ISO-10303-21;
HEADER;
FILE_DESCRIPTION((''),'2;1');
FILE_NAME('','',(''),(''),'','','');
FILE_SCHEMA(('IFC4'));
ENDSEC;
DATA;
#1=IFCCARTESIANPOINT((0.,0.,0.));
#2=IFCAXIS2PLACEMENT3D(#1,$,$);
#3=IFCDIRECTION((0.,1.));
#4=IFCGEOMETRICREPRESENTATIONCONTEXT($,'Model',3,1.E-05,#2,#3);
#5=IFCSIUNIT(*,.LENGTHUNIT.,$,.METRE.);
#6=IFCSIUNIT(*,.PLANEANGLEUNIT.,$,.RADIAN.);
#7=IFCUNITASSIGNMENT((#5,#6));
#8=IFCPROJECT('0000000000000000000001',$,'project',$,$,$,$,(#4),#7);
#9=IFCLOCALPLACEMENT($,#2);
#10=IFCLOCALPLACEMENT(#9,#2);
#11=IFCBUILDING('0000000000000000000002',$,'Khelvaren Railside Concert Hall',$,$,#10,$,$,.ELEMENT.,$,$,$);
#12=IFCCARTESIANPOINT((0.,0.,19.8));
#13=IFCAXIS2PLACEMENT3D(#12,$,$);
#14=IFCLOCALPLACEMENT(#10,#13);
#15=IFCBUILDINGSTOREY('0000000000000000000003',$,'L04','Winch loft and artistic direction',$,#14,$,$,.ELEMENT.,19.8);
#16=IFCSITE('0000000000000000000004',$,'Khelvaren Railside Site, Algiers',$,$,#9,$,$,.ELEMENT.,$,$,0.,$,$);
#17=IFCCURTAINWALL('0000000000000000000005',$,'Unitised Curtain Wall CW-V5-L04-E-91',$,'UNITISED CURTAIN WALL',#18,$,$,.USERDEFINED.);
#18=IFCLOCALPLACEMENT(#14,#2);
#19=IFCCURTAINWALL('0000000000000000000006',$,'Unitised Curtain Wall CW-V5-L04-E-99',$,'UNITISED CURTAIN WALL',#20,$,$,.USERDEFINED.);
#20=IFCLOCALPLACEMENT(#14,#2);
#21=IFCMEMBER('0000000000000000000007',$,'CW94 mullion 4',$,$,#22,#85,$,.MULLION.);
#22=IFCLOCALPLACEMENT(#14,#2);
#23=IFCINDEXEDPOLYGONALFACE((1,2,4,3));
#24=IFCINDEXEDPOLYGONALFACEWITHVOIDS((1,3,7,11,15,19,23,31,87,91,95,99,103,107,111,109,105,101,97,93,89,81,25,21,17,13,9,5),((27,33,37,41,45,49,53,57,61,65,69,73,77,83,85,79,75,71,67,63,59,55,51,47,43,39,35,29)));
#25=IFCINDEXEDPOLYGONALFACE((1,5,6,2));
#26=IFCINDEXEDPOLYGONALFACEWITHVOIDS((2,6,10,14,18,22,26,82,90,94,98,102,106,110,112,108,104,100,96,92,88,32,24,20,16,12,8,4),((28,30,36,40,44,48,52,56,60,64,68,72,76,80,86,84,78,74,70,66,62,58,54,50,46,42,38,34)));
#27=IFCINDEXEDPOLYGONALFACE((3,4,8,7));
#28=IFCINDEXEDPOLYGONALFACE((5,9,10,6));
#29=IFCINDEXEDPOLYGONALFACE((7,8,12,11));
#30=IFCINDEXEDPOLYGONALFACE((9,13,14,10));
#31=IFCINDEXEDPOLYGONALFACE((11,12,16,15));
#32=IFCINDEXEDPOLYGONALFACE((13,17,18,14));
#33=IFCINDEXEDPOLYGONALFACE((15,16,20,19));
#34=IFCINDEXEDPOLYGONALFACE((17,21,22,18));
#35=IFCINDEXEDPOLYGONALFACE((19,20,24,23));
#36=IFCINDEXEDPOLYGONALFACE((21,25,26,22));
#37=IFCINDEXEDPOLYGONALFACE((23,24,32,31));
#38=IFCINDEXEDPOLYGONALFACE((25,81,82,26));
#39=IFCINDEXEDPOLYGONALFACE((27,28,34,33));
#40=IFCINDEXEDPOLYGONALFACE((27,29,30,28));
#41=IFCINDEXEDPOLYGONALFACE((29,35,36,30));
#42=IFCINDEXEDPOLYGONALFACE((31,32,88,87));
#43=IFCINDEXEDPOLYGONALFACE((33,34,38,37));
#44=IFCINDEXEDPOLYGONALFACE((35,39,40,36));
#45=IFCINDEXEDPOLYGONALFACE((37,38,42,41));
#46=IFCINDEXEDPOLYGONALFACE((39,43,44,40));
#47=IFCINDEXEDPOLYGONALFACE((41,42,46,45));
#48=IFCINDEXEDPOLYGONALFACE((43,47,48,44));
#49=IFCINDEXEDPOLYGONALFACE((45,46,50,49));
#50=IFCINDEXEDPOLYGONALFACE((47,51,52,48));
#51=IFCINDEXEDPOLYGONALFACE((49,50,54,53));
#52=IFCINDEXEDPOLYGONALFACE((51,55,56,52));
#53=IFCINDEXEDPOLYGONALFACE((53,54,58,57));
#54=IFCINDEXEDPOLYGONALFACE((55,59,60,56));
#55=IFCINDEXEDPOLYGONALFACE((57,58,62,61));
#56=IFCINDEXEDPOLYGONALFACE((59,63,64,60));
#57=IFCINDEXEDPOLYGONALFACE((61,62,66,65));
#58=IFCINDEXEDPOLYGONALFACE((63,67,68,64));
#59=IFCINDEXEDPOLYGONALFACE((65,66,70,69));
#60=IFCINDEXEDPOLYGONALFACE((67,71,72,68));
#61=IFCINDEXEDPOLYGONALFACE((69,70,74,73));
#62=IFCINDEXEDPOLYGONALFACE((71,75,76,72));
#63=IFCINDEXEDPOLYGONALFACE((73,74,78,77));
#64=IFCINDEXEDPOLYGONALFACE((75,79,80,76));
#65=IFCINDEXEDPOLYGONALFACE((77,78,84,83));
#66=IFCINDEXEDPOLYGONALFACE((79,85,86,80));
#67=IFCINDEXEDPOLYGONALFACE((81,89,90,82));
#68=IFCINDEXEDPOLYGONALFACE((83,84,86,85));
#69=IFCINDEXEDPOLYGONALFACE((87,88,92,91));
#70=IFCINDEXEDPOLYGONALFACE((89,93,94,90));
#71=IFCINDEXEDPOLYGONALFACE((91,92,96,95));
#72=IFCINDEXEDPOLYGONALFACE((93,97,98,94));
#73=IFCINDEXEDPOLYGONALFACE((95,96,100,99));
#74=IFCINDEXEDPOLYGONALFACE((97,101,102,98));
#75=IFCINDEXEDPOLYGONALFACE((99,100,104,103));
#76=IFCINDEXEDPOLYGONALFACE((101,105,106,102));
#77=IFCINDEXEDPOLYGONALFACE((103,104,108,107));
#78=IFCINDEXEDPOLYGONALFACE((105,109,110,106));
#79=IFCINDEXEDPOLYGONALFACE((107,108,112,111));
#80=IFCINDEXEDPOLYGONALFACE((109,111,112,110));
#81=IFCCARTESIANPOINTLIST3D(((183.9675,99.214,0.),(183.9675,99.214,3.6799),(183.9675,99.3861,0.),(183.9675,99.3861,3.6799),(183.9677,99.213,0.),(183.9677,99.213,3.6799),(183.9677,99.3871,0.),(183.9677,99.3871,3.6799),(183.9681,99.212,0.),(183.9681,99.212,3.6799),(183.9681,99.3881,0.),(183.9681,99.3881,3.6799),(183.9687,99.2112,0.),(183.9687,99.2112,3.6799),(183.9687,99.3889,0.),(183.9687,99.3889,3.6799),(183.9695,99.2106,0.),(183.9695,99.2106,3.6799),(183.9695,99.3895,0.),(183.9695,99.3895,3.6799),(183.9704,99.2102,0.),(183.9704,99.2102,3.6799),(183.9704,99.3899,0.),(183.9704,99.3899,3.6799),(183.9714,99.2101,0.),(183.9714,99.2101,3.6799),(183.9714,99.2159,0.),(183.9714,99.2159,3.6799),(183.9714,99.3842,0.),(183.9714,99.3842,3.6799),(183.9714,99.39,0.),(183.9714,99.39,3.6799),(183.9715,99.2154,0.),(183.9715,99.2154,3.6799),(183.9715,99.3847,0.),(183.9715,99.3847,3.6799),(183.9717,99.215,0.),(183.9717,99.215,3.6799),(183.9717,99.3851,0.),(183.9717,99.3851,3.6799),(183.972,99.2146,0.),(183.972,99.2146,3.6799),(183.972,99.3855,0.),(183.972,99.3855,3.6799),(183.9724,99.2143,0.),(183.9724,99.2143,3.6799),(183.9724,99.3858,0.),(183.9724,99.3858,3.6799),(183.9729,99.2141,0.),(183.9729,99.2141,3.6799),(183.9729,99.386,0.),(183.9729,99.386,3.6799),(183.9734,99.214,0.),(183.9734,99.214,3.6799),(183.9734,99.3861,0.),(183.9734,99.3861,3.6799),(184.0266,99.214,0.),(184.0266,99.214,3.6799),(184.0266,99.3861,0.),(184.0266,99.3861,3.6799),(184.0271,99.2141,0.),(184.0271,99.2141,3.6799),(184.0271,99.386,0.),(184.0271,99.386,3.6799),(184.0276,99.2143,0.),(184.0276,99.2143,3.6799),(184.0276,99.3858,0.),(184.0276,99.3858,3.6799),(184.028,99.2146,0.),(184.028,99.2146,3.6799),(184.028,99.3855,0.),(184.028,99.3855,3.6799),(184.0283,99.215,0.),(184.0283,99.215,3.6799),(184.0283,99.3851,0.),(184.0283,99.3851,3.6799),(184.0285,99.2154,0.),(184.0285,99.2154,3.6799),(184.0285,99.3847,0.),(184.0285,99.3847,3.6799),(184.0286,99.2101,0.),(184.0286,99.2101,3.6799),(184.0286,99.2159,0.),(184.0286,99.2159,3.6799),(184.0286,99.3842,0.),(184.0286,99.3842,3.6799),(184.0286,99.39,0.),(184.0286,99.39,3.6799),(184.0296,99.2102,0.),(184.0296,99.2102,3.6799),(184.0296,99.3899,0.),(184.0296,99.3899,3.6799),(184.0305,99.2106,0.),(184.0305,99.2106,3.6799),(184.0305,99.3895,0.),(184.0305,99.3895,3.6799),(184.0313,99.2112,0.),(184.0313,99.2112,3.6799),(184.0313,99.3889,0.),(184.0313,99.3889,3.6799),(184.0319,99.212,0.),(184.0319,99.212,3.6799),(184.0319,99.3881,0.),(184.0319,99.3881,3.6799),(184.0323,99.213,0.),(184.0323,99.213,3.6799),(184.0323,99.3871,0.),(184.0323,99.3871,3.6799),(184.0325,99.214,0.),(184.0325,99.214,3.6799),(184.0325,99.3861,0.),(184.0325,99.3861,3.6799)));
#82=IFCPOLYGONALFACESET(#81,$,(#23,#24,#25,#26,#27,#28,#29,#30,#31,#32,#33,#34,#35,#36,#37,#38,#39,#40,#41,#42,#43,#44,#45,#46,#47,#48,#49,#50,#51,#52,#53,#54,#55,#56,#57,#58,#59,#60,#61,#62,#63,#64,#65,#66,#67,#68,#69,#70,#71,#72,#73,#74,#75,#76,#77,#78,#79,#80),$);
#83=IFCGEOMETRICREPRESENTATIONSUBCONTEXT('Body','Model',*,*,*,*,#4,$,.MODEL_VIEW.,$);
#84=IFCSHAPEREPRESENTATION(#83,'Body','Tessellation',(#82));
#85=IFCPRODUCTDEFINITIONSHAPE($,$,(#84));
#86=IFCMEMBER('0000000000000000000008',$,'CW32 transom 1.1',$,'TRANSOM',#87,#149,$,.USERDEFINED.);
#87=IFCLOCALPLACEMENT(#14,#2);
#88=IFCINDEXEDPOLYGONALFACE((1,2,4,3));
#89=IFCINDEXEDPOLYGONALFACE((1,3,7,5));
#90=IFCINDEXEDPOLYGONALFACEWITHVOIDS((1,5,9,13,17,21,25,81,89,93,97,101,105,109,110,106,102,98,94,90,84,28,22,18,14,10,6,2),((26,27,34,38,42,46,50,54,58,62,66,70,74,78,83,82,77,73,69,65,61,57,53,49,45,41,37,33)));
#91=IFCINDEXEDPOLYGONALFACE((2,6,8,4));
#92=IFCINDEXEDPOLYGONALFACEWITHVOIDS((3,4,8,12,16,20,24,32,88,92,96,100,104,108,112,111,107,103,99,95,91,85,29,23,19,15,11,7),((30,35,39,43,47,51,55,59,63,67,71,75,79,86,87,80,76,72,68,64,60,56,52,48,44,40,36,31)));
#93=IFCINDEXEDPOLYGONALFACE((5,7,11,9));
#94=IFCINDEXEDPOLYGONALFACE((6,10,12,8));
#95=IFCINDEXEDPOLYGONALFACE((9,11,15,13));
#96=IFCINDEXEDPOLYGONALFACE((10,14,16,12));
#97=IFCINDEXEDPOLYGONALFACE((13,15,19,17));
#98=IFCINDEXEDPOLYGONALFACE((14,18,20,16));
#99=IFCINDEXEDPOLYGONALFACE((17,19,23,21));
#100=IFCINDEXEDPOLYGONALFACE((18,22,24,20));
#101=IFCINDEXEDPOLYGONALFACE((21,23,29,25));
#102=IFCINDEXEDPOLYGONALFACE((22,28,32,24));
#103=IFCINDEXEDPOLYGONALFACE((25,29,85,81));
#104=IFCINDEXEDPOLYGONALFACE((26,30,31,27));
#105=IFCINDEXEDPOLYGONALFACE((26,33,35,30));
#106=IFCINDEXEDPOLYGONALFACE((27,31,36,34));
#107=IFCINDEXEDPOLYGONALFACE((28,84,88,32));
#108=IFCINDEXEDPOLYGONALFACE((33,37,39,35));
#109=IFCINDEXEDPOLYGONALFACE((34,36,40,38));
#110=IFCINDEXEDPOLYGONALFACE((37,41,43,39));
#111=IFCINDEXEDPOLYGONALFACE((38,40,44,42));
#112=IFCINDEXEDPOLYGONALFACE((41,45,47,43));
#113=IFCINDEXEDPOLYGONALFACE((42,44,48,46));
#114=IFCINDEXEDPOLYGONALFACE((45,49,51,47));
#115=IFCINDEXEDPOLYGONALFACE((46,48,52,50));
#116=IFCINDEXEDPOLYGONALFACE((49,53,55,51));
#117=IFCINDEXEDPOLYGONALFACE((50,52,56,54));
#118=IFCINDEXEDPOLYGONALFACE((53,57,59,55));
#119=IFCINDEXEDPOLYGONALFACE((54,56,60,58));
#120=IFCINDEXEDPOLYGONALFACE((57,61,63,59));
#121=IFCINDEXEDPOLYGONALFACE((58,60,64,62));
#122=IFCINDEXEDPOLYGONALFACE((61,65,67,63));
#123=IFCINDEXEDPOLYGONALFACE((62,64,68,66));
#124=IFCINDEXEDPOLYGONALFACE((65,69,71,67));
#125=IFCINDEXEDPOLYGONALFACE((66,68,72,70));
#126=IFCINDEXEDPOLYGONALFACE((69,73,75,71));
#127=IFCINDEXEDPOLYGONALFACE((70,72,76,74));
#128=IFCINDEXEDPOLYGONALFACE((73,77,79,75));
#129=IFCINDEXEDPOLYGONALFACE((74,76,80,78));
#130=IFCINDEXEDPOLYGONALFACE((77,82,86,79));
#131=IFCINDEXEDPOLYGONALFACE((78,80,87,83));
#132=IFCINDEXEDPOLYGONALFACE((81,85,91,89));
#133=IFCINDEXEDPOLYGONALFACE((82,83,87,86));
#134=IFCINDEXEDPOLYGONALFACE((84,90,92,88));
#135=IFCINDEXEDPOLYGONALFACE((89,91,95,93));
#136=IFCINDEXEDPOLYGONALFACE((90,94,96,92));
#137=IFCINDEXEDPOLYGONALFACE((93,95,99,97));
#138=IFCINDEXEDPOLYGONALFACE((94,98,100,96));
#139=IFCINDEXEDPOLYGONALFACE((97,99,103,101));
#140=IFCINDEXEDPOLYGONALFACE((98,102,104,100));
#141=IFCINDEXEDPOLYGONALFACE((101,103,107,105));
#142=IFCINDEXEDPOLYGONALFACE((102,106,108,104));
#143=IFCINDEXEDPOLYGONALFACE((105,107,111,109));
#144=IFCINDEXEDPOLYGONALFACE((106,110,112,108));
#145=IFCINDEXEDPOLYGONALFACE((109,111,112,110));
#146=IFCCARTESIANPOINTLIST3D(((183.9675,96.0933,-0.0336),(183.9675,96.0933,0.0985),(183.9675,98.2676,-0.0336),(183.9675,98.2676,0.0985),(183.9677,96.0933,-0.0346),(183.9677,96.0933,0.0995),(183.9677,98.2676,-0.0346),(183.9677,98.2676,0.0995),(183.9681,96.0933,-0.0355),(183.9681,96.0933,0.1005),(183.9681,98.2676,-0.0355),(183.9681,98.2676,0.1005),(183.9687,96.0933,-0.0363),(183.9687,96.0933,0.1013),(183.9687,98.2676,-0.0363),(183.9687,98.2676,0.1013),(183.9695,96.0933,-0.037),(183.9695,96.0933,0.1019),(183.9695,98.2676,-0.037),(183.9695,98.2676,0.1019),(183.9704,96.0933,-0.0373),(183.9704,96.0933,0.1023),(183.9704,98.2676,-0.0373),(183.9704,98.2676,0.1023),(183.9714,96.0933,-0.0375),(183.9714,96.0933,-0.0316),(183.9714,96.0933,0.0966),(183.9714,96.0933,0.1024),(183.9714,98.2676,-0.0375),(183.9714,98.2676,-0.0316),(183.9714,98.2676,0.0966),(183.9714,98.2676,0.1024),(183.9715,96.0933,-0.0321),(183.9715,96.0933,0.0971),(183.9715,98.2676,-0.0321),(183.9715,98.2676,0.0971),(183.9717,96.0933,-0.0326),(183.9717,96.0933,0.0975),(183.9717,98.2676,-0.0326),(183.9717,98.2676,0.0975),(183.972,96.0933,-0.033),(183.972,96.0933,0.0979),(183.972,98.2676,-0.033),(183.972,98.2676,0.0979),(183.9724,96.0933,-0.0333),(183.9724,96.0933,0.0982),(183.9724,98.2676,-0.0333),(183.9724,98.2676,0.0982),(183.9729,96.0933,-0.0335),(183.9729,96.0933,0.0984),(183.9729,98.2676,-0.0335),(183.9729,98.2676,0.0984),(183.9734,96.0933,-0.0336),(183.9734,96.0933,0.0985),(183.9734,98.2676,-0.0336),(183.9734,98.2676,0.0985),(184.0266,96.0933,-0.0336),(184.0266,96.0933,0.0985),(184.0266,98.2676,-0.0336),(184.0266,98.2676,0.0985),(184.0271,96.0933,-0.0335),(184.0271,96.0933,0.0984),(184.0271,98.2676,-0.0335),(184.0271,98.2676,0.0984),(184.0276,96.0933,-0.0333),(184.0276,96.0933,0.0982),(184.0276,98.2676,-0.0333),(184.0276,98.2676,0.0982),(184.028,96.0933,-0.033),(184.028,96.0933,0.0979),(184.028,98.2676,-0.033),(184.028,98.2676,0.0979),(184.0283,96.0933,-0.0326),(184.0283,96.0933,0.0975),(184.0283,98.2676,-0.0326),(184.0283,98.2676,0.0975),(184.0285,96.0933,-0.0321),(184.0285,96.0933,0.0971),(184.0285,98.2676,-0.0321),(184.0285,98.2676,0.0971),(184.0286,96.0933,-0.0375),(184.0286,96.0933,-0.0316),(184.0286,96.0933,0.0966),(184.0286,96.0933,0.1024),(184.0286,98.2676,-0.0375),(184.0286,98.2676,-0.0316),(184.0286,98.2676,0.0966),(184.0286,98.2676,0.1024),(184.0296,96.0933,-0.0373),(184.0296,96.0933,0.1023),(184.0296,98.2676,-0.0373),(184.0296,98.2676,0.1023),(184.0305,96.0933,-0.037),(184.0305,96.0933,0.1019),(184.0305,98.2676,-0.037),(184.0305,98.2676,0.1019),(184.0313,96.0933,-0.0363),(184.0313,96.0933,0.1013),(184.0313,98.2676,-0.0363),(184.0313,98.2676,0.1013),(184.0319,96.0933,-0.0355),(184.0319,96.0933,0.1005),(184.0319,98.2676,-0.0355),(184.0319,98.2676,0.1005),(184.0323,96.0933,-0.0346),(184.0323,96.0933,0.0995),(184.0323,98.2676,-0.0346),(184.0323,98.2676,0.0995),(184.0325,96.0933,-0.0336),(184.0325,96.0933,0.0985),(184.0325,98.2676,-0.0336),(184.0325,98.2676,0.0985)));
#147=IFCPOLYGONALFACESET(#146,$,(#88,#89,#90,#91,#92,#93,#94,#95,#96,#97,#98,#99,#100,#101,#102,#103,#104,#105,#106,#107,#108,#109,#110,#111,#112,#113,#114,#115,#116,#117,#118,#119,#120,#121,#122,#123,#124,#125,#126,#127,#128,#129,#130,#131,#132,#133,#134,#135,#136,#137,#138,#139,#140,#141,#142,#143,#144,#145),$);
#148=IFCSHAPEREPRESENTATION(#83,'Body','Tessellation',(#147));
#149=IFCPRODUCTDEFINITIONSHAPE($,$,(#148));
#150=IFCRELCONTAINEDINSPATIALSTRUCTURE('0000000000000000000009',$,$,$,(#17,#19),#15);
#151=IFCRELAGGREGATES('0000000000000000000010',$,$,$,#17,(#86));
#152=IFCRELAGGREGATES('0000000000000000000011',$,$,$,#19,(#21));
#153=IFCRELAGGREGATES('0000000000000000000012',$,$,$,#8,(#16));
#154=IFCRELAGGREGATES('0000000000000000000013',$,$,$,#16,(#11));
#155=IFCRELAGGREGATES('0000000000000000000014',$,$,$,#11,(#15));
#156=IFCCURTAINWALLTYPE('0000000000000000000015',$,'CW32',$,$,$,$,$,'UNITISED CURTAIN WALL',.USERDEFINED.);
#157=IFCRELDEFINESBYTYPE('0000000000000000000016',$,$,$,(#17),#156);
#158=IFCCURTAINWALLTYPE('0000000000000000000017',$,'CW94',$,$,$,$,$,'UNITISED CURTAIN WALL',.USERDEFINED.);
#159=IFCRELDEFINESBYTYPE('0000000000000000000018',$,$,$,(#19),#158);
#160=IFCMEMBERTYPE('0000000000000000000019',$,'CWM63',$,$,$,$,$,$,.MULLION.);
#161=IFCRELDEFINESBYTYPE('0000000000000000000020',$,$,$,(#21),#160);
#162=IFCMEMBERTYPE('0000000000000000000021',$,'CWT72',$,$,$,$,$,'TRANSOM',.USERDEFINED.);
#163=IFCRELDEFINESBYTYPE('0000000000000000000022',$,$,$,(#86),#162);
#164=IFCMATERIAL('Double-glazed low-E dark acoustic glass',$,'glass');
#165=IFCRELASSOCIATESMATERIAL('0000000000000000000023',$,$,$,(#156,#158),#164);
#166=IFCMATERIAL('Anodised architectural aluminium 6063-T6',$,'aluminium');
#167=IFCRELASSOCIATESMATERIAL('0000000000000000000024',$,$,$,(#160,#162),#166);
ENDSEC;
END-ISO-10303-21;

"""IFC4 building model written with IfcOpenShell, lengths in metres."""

from ifc_helpers import new_model, si_unit, direction, frame, origin, origin_2d, place, context, subcontext, project, spatial, hollow_rectangle, extrude, material, material_profile, profile_set, type_object, element, aggregate, save


model = new_model("IFC4")

# Units and contexts
model_context = context("Model", 3, precision=1e-05, world=origin(), true_north=direction((0.0, 1.0)))
body_context = subcontext(model_context, "Body", "Model", "MODEL_VIEW")
ifc_project = project(units=[si_unit("LENGTHUNIT", "METRE"), si_unit("PLANEANGLEUNIT", "RADIAN")], contexts=[model_context])

# Site, building, storey
site_placement = place(None, origin())
site = spatial("IfcSite", under=ifc_project, at=site_placement, Name="Khelvaren Railside Site, Algiers", CompositionType="ELEMENT", RefElevation=0.0)
building_placement = place(site_placement, origin())
building = spatial("IfcBuilding", under=site, at=building_placement, Name="Khelvaren Railside Concert Hall", CompositionType="ELEMENT")
storey_placement = place(building_placement, frame((0.0, 0.0, 19.8)))
storey = spatial("IfcBuildingStorey", under=building, at=storey_placement, Name="L04", Description="Winch loft and artistic direction", CompositionType="ELEMENT", Elevation=19.8)

# Curtain walls, member
ifc_material_1 = material(Name="Double-glazed low-E dark acoustic glass", Category="glass")
curtain_wall_type_1 = type_object("IfcCurtainWallType", Name="CW32", ElementType="UNITISED CURTAIN WALL", PredefinedType="USERDEFINED", material=ifc_material_1)
curtain_wall_1_placement = place(storey_placement, origin())
curtain_wall_1 = element("IfcCurtainWall", 1, at=curtain_wall_1_placement, inside=storey, type_object=curtain_wall_type_1, Name="Unitised Curtain Wall CW-V5-L04-E-91", ObjectType="UNITISED CURTAIN WALL", PredefinedType="USERDEFINED")
ifc_material_2 = material(Name="Anodised architectural aluminium 6063-T6", Category="aluminium")
ifc_material_profile_1 = material_profile(ifc_material_2, hollow_rectangle(XDim=0.0649, YDim=0.1799, WallThickness=0.0039, InnerFilletRadius=0.002, OuterFilletRadius=0.0039, at=origin_2d()), Name="CWM 65x180x4")
ifc_profile_set_1 = profile_set([ifc_material_profile_1], Name="Anodised architectural aluminium 6063-T6")
member_type_1 = type_object("IfcMemberType", Name="CWM63", PredefinedType="MULLION", material=ifc_profile_set_1)
curtain_wall_type_2 = type_object("IfcCurtainWallType", Name="CW94", ElementType="UNITISED CURTAIN WALL", PredefinedType="USERDEFINED", material=ifc_material_1)
curtain_wall_2_placement = place(storey_placement, origin())
curtain_wall_2 = element("IfcCurtainWall", 2, at=curtain_wall_2_placement, inside=storey, type_object=curtain_wall_type_2, Name="Unitised Curtain Wall CW-V5-L04-E-99", ObjectType="UNITISED CURTAIN WALL", PredefinedType="USERDEFINED")
member_1_placement = place(storey_placement, frame((184.0, 99.3, 0.0), z_axis=(0.0, 0.0, 1.0), x_axis=(1.0, 0.0, 0.0)))
member_1 = element("IfcMember", 3, at=member_1_placement, type_object=member_type_1, Name="CW94 mullion 4", PredefinedType="MULLION", context=body_context, shape_type="SweptSolid", body=[
    extrude(hollow_rectangle(XDim=0.0649, YDim=0.1799, WallThickness=0.0039, InnerFilletRadius=0.002, OuterFilletRadius=0.0039, at=origin_2d()), origin(), (0.0, 0.0, 1.0), 3.6799),
])

# Member
ifc_material_profile_2 = material_profile(ifc_material_2, hollow_rectangle(XDim=0.0649, YDim=0.1399, WallThickness=0.0039, InnerFilletRadius=0.002, OuterFilletRadius=0.0039, at=origin_2d()), Name="CWT 65x140x4")
ifc_profile_set_2 = profile_set([ifc_material_profile_2], Name="Anodised architectural aluminium 6063-T6")
member_type_2 = type_object("IfcMemberType", Name="CWT72", ElementType="TRANSOM", PredefinedType="USERDEFINED", material=ifc_profile_set_2)
member_2_placement = place(storey_placement, frame((184.0, 98.2676, 0.0325), z_axis=(0.0, -1.0, 0.0), x_axis=(1.0, 0.0, 0.0)))
member_2 = element("IfcMember", 4, at=member_2_placement, type_object=member_type_2, Name="CW32 transom 1.1", ObjectType="TRANSOM", PredefinedType="USERDEFINED", context=body_context, shape_type="SweptSolid", body=[
    extrude(hollow_rectangle(XDim=0.0649, YDim=0.1399, WallThickness=0.0039, InnerFilletRadius=0.002, OuterFilletRadius=0.0039, at=origin_2d()), origin(), (0.0, 0.0, 1.0), 2.1743),
])

aggregate(curtain_wall_1, [member_2])
aggregate(curtain_wall_2, [member_1])

save(model, "model.ifc")
